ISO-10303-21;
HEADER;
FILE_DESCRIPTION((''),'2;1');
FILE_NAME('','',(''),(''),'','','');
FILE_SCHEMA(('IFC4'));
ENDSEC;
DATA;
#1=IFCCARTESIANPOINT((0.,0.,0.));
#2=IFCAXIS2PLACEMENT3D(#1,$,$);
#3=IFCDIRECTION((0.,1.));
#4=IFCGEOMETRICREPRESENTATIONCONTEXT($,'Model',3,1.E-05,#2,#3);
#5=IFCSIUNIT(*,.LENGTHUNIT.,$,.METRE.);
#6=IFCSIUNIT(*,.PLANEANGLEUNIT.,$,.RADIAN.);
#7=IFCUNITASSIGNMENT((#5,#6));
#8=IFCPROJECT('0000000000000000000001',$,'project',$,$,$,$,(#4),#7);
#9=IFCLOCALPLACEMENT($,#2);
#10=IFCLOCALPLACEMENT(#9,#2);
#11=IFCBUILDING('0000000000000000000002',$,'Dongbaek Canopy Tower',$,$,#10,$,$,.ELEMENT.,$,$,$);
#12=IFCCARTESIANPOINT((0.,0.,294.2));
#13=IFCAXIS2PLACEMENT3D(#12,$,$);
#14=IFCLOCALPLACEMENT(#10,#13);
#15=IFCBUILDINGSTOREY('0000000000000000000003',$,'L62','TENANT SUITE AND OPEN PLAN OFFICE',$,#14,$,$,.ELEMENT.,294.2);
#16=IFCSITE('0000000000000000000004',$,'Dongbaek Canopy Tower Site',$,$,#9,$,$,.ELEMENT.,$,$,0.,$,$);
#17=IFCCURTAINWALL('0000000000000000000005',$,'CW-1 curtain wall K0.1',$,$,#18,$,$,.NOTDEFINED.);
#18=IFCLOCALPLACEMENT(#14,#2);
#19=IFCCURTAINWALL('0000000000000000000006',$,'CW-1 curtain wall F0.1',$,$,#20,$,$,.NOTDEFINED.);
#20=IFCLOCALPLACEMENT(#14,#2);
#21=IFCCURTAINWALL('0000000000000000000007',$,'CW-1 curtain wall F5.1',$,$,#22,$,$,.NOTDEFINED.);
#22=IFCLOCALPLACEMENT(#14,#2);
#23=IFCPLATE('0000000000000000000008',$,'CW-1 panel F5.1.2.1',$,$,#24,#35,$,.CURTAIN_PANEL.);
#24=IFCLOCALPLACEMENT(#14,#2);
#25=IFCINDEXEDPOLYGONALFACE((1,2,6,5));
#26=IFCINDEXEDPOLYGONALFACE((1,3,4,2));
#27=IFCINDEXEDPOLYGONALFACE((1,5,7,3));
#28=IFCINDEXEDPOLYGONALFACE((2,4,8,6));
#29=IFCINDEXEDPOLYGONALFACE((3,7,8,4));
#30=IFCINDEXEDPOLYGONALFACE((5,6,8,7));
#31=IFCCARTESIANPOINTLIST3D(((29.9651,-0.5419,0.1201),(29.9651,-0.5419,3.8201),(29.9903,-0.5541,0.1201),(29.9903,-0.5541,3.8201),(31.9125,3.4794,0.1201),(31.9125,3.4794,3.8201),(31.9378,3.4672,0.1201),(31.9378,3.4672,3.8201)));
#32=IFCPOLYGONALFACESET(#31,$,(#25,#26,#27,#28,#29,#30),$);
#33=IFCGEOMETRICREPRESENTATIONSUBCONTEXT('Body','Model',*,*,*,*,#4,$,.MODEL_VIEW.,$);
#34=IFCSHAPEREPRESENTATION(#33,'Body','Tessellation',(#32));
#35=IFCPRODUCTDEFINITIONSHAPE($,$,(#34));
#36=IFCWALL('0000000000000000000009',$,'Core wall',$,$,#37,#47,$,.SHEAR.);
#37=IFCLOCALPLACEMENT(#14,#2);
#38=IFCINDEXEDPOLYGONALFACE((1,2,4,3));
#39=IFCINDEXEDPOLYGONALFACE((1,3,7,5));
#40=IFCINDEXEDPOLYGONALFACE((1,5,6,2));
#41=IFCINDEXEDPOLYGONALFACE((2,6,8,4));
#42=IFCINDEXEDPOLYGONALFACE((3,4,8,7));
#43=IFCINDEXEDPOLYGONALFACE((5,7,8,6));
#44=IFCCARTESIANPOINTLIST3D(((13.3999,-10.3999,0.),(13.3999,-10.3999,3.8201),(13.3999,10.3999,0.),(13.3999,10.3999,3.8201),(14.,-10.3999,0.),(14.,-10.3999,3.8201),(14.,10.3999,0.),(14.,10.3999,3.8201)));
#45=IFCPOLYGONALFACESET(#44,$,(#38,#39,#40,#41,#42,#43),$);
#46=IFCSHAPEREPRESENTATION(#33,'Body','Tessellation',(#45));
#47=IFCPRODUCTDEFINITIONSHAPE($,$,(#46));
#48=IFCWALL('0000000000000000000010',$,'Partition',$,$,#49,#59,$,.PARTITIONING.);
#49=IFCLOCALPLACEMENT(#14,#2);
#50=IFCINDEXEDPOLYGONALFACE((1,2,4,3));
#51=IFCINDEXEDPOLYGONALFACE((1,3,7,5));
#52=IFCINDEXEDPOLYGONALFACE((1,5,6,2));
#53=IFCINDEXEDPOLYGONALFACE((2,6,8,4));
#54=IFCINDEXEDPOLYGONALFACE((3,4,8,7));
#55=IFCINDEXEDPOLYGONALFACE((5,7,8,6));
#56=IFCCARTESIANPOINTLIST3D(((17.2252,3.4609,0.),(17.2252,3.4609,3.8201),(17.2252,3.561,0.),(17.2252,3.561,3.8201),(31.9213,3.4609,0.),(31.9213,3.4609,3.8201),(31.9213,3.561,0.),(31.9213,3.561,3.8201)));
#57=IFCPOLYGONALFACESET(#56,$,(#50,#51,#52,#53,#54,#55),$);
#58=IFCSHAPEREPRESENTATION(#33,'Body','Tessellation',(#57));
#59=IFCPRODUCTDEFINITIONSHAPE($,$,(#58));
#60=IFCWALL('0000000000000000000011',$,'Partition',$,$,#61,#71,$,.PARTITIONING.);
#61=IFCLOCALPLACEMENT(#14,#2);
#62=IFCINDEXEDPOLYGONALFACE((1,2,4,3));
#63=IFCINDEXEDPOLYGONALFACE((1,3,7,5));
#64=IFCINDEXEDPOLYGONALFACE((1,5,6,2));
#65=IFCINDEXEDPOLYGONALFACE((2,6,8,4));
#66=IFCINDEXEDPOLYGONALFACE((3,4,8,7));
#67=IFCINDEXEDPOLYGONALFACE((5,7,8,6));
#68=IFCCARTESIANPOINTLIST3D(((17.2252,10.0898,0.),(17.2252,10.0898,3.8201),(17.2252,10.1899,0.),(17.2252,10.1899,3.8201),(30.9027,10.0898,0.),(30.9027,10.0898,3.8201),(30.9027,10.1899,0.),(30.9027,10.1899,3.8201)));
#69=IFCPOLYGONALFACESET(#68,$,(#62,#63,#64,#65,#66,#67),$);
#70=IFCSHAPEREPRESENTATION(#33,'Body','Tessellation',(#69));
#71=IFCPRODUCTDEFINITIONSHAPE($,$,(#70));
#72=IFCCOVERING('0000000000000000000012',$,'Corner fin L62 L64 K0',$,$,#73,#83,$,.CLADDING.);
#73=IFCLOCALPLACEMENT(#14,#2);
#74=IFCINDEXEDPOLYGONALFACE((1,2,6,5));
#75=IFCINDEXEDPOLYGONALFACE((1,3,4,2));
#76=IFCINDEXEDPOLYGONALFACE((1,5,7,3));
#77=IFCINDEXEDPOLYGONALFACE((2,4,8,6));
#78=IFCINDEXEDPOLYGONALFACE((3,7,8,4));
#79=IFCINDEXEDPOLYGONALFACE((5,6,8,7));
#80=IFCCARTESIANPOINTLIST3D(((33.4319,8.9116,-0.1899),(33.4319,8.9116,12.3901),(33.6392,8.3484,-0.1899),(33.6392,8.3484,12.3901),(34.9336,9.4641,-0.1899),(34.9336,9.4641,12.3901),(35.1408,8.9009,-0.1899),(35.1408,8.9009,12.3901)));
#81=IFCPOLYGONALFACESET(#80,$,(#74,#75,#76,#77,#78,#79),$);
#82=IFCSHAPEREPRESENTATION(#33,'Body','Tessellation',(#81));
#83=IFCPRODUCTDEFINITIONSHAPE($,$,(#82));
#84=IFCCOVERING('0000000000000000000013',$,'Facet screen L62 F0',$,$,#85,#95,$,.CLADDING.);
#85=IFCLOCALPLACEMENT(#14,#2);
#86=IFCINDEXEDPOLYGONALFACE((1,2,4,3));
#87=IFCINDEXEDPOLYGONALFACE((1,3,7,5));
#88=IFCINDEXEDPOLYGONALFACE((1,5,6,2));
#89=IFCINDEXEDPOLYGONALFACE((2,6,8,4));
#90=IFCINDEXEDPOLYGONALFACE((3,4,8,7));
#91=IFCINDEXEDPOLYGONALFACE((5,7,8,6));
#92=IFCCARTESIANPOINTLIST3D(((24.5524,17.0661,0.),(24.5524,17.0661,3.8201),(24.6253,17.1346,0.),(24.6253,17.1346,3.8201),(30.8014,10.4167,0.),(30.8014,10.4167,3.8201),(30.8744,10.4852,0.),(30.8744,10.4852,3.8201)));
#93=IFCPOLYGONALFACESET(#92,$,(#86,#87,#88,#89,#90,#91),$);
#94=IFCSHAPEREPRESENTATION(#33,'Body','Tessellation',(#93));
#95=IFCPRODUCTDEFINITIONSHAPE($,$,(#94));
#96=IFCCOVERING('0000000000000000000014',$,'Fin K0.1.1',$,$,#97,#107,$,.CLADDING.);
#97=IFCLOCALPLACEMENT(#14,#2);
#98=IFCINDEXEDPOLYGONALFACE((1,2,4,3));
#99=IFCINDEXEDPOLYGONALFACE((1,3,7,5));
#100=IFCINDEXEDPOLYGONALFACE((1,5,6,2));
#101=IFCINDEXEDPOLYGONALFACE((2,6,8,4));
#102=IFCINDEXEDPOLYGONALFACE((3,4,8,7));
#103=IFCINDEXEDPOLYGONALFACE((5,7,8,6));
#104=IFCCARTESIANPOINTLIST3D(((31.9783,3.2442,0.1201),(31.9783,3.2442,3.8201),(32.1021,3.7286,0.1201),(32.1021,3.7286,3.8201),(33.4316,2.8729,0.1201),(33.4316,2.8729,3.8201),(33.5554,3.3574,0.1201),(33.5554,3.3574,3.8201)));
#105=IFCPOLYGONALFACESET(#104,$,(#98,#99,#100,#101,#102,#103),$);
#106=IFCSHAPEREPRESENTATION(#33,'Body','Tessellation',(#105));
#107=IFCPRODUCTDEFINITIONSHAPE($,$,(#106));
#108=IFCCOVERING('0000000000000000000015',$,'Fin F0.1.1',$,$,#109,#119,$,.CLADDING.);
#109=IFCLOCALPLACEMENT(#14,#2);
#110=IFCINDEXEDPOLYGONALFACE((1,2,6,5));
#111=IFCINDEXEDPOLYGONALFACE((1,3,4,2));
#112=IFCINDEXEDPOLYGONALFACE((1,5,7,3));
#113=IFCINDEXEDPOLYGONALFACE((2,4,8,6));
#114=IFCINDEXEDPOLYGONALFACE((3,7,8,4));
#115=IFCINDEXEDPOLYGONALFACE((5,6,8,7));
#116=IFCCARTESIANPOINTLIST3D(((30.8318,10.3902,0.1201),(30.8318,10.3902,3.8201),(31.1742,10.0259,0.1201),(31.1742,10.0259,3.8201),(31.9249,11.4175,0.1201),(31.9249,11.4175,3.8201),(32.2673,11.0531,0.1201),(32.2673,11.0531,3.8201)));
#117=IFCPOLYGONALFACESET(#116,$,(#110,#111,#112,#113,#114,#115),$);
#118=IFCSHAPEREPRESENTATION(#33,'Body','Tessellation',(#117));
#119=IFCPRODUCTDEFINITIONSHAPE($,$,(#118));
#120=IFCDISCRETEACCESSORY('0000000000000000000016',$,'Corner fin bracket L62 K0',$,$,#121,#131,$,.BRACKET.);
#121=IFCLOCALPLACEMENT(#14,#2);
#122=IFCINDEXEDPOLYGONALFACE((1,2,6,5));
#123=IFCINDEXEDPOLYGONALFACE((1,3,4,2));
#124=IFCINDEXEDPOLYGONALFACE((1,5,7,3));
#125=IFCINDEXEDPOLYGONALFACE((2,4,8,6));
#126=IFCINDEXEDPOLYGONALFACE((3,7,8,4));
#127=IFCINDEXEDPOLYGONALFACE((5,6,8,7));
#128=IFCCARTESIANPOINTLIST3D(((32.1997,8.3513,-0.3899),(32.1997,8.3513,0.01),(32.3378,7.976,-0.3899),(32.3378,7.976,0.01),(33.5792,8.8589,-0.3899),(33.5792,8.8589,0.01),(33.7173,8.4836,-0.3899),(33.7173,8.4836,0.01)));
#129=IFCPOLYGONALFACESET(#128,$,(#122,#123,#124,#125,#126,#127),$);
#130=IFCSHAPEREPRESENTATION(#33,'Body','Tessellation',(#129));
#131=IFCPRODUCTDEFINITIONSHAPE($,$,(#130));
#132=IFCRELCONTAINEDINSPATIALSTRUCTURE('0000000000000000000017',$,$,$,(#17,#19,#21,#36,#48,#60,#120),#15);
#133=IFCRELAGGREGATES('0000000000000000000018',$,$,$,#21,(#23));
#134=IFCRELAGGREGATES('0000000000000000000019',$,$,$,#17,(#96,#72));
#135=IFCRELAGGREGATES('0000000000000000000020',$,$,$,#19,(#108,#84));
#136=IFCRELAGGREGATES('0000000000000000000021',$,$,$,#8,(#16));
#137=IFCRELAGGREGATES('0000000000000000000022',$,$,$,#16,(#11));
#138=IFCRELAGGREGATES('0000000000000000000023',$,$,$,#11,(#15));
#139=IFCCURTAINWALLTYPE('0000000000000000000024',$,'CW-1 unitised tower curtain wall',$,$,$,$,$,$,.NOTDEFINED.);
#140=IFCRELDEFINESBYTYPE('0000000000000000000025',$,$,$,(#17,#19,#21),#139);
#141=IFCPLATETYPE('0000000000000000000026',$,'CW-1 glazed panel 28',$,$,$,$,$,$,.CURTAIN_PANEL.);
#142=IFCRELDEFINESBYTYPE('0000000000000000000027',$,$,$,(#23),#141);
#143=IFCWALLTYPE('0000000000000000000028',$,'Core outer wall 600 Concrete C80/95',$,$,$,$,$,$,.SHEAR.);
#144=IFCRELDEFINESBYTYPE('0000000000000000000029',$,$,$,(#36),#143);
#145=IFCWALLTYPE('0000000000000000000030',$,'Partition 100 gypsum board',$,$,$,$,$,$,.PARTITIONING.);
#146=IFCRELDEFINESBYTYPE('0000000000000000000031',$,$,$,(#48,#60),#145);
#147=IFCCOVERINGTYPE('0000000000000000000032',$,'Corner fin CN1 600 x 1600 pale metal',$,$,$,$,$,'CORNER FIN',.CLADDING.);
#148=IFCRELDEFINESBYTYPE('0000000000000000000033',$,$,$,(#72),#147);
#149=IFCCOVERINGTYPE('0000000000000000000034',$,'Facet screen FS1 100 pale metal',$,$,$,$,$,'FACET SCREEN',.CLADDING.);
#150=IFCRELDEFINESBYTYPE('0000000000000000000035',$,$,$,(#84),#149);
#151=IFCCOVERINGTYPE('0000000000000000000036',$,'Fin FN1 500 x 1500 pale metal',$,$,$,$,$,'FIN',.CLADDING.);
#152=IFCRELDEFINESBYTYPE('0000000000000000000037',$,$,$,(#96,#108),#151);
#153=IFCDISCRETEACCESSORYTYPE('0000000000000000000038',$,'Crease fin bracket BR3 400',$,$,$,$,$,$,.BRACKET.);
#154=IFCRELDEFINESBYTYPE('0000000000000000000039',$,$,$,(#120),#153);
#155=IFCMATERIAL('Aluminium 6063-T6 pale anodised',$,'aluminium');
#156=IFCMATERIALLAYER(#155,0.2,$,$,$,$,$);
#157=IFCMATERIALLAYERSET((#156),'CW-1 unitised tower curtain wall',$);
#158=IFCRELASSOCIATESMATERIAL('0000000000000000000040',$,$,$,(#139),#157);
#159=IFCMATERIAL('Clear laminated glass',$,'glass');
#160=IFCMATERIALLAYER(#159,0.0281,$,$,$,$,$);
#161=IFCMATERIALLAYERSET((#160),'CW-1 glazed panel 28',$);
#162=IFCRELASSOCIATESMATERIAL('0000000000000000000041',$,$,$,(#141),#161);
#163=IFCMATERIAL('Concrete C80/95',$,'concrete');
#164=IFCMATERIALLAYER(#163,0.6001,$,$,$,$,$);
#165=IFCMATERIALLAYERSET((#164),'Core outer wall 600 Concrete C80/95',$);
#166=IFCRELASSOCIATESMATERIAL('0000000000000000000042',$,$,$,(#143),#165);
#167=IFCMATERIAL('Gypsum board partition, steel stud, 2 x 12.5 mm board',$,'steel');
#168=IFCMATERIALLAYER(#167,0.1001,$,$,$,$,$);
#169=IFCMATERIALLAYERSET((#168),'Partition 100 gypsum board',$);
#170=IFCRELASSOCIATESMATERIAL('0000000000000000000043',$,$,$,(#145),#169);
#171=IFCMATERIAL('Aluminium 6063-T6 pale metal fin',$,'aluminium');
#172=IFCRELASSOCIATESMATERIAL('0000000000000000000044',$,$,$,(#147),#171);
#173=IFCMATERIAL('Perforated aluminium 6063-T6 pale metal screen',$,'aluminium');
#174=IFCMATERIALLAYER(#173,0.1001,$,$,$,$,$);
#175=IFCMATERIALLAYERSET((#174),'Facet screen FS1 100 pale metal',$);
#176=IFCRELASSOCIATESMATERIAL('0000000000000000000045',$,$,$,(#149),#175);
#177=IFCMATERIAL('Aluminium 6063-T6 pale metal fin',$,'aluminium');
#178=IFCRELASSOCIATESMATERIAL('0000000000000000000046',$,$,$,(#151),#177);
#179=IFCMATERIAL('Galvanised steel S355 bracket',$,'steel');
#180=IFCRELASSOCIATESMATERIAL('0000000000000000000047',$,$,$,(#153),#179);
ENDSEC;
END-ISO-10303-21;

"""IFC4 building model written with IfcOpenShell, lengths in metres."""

from ifc_helpers import new_model, si_unit, direction, frame, frame_2d, origin, origin_2d, place, context, subcontext, project, spatial, rectangle, extrude, material, layer, layer_set, material_profile, profile_set, type_object, element, aggregate, save


model = new_model("IFC4")

# Units and contexts
model_context = context("Model", 3, precision=1e-05, world=origin(), true_north=direction((0.0, 1.0)))
body_context = subcontext(model_context, "Body", "Model", "MODEL_VIEW")
ifc_project = project(units=[si_unit("LENGTHUNIT", "METRE"), si_unit("PLANEANGLEUNIT", "RADIAN")], contexts=[model_context])

# Site, building, storey
site_placement = place(None, origin())
site = spatial("IfcSite", under=ifc_project, at=site_placement, Name="Dongbaek Canopy Tower Site", CompositionType="ELEMENT", RefElevation=0.0)
building_placement = place(site_placement, origin())
building = spatial("IfcBuilding", under=site, at=building_placement, Name="Dongbaek Canopy Tower", CompositionType="ELEMENT")
storey_placement = place(building_placement, frame((0.0, 0.0, 294.2)))
storey = spatial("IfcBuildingStorey", under=building, at=storey_placement, Name="L62", Description="TENANT SUITE AND OPEN PLAN OFFICE", CompositionType="ELEMENT", Elevation=294.2)

# Curtain walls
ifc_material_1 = material(Name="Aluminium 6063-T6 pale anodised", Category="aluminium")
ifc_layer_1 = layer(ifc_material_1, 0.2)
ifc_layer_set_1 = layer_set([ifc_layer_1], Name="CW-1 unitised tower curtain wall")
curtain_wall_type = type_object("IfcCurtainWallType", Name="CW-1 unitised tower curtain wall", PredefinedType="NOTDEFINED", material=ifc_layer_set_1)
curtain_wall_1_placement = place(storey_placement, origin())
curtain_wall_1 = element("IfcCurtainWall", 1, at=curtain_wall_1_placement, inside=storey, type_object=curtain_wall_type, Name="CW-1 curtain wall K0.1", PredefinedType="NOTDEFINED")
curtain_wall_2_placement = place(storey_placement, origin())
curtain_wall_2 = element("IfcCurtainWall", 2, at=curtain_wall_2_placement, inside=storey, type_object=curtain_wall_type, Name="CW-1 curtain wall F0.1", PredefinedType="NOTDEFINED")

# Shared definitions
ifc_material_2 = material(Name="Clear laminated glass", Category="glass")
ifc_layer_2 = layer(ifc_material_2, 0.0281)
ifc_layer_set_2 = layer_set([ifc_layer_2], Name="CW-1 glazed panel 28")
plate_type = type_object("IfcPlateType", Name="CW-1 glazed panel 28", PredefinedType="CURTAIN_PANEL", material=ifc_layer_set_2)

# Curtain wall, plate
curtain_wall_3_placement = place(storey_placement, origin())
curtain_wall_3 = element("IfcCurtainWall", 3, at=curtain_wall_3_placement, inside=storey, type_object=curtain_wall_type, Name="CW-1 curtain wall F5.1", PredefinedType="NOTDEFINED")
plate_1_placement = place(storey_placement, frame((30.9514, 1.4626, 0.1201), z_axis=(0.0, 0.0, 1.0), x_axis=(0.435863, 0.900013, 0.0)))
plate_1 = element("IfcPlate", 4, at=plate_1_placement, type_object=plate_type, Name="CW-1 panel F5.1.2.1", PredefinedType="CURTAIN_PANEL", context=body_context, shape_type="SweptSolid", body=[
    extrude(rectangle(XDim=4.468, YDim=0.0281, at=origin_2d()), origin(), (0.0, 0.0, 1.0), 3.7),
])
aggregate(curtain_wall_3, [plate_1])

# Walls
ifc_material_3 = material(Name="Concrete C80/95", Category="concrete")
ifc_layer_3 = layer(ifc_material_3, 0.6001)
ifc_layer_set_3 = layer_set([ifc_layer_3], Name="Core outer wall 600 Concrete C80/95")
wall_type_1 = type_object("IfcWallType", Name="Core outer wall 600 Concrete C80/95", PredefinedType="SHEAR", material=ifc_layer_set_3)
wall_1_placement = place(storey_placement, frame((13.7, 10.3999, 0.0), z_axis=(0.0, 0.0, 1.0), x_axis=(0.0, -1.0, 0.0)))
element("IfcWall", 5, at=wall_1_placement, inside=storey, type_object=wall_type_1, Name="Core wall", PredefinedType="SHEAR", context=body_context, shape_type="SweptSolid", body=[
    extrude(rectangle(XDim=20.7998, YDim=0.6001, at=frame_2d((10.3999, 0.0))), origin(), (0.0, 0.0, 1.0), 3.8201),
])
ifc_material_4 = material(Name="Gypsum board partition, steel stud, 2 x 12.5 mm board", Category="steel")
ifc_layer_4 = layer(ifc_material_4, 0.1001)
ifc_layer_set_4 = layer_set([ifc_layer_4], Name="Partition 100 gypsum board")
wall_type_2 = type_object("IfcWallType", Name="Partition 100 gypsum board", PredefinedType="PARTITIONING", material=ifc_layer_set_4)
wall_2_placement = place(storey_placement, frame((17.2251, 3.511, 0.0), z_axis=(0.0, 0.0, 1.0), x_axis=(1.0, 0.0, 0.0)))
element("IfcWall", 6, at=wall_2_placement, inside=storey, type_object=wall_type_2, Name="Partition", PredefinedType="PARTITIONING", context=body_context, shape_type="SweptSolid", body=[
    extrude(rectangle(XDim=14.696, YDim=0.1001, at=frame_2d((7.3481, 0.0))), origin(), (0.0, 0.0, 1.0), 3.8201),
])
wall_3_placement = place(storey_placement, frame((17.2251, 10.1399, 0.0), z_axis=(0.0, 0.0, 1.0), x_axis=(1.0, 0.0, 0.0)))
element("IfcWall", 7, at=wall_3_placement, inside=storey, type_object=wall_type_2, Name="Partition", PredefinedType="PARTITIONING", context=body_context, shape_type="SweptSolid", body=[
    extrude(rectangle(XDim=13.6775, YDim=0.1001, at=frame_2d((6.8389, 0.0))), origin(), (0.0, 0.0, 1.0), 3.8201),
])

# Coverings
ifc_material_5 = material(Name="Aluminium 6063-T6 pale metal fin", Category="aluminium")
ifc_material_profile_1 = material_profile(ifc_material_5, rectangle(XDim=1.6001, YDim=0.6001, at=origin_2d()), Name="Corner fin CN1 600 x 1600 pale metal")
ifc_profile_set_1 = profile_set([ifc_material_profile_1], Name="Aluminium 6063-T6 pale metal fin")
covering_type_1 = type_object("IfcCoveringType", Name="Corner fin CN1 600 x 1600 pale metal", ElementType="CORNER FIN", PredefinedType="CLADDING", material=ifc_profile_set_1)
covering_1_placement = place(storey_placement, frame((34.2864, 8.9062, -0.1899), z_axis=(0.0, 0.0, 1.0), x_axis=(0.938485, 0.345321, 0.0)))
covering_1 = element("IfcCovering", 8, at=covering_1_placement, type_object=covering_type_1, Name="Corner fin L62 L64 K0", PredefinedType="CLADDING", context=body_context, shape_type="SweptSolid", body=[
    extrude(rectangle(XDim=1.6001, YDim=0.6001, at=origin_2d()), origin(), (0.0, 0.0, 1.0), 12.5801),
])
ifc_material_6 = material(Name="Perforated aluminium 6063-T6 pale metal screen", Category="aluminium")
ifc_layer_5 = layer(ifc_material_6, 0.1001)
ifc_layer_set_5 = layer_set([ifc_layer_5], Name="Facet screen FS1 100 pale metal")
covering_type_2 = type_object("IfcCoveringType", Name="Facet screen FS1 100 pale metal", ElementType="FACET SCREEN", PredefinedType="CLADDING", material=ifc_layer_set_5)
covering_2_placement = place(storey_placement, frame((27.7134, 13.7756, 0.0), z_axis=(0.0, 0.0, 1.0), x_axis=(-0.684831, 0.728702, 0.0)))
covering_2 = element("IfcCovering", 9, at=covering_2_placement, type_object=covering_type_2, Name="Facet screen L62 F0", PredefinedType="CLADDING", context=body_context, shape_type="SweptSolid", body=[
    extrude(rectangle(XDim=9.125, YDim=0.1001, at=origin_2d()), origin(), (0.0, 0.0, 1.0), 3.8201),
])
ifc_material_7 = material(Name="Aluminium 6063-T6 pale metal fin", Category="aluminium")
ifc_material_profile_2 = material_profile(ifc_material_7, rectangle(XDim=1.5, YDim=0.5, at=origin_2d()), Name="Fin FN1 500 x 1500 pale metal")
ifc_profile_set_2 = profile_set([ifc_material_profile_2], Name="Aluminium 6063-T6 pale metal fin")
covering_type_3 = type_object("IfcCoveringType", Name="Fin FN1 500 x 1500 pale metal", ElementType="FIN", PredefinedType="CLADDING", material=ifc_profile_set_2)
covering_3_placement = place(storey_placement, frame((32.7668, 3.3008, 0.1201), z_axis=(0.0, 0.0, 1.0), x_axis=(0.968887, -0.247503, 0.0)))
covering_3 = element("IfcCovering", 10, at=covering_3_placement, type_object=covering_type_3, Name="Fin K0.1.1", PredefinedType="CLADDING", context=body_context, shape_type="SweptSolid", body=[
    extrude(rectangle(XDim=1.5, YDim=0.5, at=origin_2d()), origin(), (0.0, 0.0, 1.0), 3.7),
])
aggregate(curtain_wall_1, [covering_3, covering_1])
covering_4_placement = place(storey_placement, frame((31.5496, 10.7217, 0.1201), z_axis=(0.0, 0.0, 1.0), x_axis=(0.728702, 0.684831, 0.0)))
covering_4 = element("IfcCovering", 11, at=covering_4_placement, type_object=covering_type_3, Name="Fin F0.1.1", PredefinedType="CLADDING", context=body_context, shape_type="SweptSolid", body=[
    extrude(rectangle(XDim=1.5, YDim=0.5, at=origin_2d()), origin(), (0.0, 0.0, 1.0), 3.7),
])
aggregate(curtain_wall_2, [covering_4, covering_2])

# Discrete accessory
ifc_material_8 = material(Name="Galvanised steel S355 bracket", Category="steel")
discrete_accessory_type = type_object("IfcDiscreteAccessoryType", Name="Crease fin bracket BR3 400", PredefinedType="BRACKET", material=ifc_material_8)
discrete_accessory_placement = place(storey_placement, frame((32.9585, 8.4175, -0.3899), z_axis=(0.0, 0.0, 1.0), x_axis=(0.938485, 0.345321, 0.0)))
element("IfcDiscreteAccessory", 12, at=discrete_accessory_placement, inside=storey, type_object=discrete_accessory_type, Name="Corner fin bracket L62 K0", PredefinedType="BRACKET", context=body_context, shape_type="SweptSolid", body=[
    extrude(rectangle(XDim=1.47, YDim=0.3999, at=origin_2d()), origin(), (0.0, 0.0, 1.0), 0.3999),
])

save(model, "model.ifc")
